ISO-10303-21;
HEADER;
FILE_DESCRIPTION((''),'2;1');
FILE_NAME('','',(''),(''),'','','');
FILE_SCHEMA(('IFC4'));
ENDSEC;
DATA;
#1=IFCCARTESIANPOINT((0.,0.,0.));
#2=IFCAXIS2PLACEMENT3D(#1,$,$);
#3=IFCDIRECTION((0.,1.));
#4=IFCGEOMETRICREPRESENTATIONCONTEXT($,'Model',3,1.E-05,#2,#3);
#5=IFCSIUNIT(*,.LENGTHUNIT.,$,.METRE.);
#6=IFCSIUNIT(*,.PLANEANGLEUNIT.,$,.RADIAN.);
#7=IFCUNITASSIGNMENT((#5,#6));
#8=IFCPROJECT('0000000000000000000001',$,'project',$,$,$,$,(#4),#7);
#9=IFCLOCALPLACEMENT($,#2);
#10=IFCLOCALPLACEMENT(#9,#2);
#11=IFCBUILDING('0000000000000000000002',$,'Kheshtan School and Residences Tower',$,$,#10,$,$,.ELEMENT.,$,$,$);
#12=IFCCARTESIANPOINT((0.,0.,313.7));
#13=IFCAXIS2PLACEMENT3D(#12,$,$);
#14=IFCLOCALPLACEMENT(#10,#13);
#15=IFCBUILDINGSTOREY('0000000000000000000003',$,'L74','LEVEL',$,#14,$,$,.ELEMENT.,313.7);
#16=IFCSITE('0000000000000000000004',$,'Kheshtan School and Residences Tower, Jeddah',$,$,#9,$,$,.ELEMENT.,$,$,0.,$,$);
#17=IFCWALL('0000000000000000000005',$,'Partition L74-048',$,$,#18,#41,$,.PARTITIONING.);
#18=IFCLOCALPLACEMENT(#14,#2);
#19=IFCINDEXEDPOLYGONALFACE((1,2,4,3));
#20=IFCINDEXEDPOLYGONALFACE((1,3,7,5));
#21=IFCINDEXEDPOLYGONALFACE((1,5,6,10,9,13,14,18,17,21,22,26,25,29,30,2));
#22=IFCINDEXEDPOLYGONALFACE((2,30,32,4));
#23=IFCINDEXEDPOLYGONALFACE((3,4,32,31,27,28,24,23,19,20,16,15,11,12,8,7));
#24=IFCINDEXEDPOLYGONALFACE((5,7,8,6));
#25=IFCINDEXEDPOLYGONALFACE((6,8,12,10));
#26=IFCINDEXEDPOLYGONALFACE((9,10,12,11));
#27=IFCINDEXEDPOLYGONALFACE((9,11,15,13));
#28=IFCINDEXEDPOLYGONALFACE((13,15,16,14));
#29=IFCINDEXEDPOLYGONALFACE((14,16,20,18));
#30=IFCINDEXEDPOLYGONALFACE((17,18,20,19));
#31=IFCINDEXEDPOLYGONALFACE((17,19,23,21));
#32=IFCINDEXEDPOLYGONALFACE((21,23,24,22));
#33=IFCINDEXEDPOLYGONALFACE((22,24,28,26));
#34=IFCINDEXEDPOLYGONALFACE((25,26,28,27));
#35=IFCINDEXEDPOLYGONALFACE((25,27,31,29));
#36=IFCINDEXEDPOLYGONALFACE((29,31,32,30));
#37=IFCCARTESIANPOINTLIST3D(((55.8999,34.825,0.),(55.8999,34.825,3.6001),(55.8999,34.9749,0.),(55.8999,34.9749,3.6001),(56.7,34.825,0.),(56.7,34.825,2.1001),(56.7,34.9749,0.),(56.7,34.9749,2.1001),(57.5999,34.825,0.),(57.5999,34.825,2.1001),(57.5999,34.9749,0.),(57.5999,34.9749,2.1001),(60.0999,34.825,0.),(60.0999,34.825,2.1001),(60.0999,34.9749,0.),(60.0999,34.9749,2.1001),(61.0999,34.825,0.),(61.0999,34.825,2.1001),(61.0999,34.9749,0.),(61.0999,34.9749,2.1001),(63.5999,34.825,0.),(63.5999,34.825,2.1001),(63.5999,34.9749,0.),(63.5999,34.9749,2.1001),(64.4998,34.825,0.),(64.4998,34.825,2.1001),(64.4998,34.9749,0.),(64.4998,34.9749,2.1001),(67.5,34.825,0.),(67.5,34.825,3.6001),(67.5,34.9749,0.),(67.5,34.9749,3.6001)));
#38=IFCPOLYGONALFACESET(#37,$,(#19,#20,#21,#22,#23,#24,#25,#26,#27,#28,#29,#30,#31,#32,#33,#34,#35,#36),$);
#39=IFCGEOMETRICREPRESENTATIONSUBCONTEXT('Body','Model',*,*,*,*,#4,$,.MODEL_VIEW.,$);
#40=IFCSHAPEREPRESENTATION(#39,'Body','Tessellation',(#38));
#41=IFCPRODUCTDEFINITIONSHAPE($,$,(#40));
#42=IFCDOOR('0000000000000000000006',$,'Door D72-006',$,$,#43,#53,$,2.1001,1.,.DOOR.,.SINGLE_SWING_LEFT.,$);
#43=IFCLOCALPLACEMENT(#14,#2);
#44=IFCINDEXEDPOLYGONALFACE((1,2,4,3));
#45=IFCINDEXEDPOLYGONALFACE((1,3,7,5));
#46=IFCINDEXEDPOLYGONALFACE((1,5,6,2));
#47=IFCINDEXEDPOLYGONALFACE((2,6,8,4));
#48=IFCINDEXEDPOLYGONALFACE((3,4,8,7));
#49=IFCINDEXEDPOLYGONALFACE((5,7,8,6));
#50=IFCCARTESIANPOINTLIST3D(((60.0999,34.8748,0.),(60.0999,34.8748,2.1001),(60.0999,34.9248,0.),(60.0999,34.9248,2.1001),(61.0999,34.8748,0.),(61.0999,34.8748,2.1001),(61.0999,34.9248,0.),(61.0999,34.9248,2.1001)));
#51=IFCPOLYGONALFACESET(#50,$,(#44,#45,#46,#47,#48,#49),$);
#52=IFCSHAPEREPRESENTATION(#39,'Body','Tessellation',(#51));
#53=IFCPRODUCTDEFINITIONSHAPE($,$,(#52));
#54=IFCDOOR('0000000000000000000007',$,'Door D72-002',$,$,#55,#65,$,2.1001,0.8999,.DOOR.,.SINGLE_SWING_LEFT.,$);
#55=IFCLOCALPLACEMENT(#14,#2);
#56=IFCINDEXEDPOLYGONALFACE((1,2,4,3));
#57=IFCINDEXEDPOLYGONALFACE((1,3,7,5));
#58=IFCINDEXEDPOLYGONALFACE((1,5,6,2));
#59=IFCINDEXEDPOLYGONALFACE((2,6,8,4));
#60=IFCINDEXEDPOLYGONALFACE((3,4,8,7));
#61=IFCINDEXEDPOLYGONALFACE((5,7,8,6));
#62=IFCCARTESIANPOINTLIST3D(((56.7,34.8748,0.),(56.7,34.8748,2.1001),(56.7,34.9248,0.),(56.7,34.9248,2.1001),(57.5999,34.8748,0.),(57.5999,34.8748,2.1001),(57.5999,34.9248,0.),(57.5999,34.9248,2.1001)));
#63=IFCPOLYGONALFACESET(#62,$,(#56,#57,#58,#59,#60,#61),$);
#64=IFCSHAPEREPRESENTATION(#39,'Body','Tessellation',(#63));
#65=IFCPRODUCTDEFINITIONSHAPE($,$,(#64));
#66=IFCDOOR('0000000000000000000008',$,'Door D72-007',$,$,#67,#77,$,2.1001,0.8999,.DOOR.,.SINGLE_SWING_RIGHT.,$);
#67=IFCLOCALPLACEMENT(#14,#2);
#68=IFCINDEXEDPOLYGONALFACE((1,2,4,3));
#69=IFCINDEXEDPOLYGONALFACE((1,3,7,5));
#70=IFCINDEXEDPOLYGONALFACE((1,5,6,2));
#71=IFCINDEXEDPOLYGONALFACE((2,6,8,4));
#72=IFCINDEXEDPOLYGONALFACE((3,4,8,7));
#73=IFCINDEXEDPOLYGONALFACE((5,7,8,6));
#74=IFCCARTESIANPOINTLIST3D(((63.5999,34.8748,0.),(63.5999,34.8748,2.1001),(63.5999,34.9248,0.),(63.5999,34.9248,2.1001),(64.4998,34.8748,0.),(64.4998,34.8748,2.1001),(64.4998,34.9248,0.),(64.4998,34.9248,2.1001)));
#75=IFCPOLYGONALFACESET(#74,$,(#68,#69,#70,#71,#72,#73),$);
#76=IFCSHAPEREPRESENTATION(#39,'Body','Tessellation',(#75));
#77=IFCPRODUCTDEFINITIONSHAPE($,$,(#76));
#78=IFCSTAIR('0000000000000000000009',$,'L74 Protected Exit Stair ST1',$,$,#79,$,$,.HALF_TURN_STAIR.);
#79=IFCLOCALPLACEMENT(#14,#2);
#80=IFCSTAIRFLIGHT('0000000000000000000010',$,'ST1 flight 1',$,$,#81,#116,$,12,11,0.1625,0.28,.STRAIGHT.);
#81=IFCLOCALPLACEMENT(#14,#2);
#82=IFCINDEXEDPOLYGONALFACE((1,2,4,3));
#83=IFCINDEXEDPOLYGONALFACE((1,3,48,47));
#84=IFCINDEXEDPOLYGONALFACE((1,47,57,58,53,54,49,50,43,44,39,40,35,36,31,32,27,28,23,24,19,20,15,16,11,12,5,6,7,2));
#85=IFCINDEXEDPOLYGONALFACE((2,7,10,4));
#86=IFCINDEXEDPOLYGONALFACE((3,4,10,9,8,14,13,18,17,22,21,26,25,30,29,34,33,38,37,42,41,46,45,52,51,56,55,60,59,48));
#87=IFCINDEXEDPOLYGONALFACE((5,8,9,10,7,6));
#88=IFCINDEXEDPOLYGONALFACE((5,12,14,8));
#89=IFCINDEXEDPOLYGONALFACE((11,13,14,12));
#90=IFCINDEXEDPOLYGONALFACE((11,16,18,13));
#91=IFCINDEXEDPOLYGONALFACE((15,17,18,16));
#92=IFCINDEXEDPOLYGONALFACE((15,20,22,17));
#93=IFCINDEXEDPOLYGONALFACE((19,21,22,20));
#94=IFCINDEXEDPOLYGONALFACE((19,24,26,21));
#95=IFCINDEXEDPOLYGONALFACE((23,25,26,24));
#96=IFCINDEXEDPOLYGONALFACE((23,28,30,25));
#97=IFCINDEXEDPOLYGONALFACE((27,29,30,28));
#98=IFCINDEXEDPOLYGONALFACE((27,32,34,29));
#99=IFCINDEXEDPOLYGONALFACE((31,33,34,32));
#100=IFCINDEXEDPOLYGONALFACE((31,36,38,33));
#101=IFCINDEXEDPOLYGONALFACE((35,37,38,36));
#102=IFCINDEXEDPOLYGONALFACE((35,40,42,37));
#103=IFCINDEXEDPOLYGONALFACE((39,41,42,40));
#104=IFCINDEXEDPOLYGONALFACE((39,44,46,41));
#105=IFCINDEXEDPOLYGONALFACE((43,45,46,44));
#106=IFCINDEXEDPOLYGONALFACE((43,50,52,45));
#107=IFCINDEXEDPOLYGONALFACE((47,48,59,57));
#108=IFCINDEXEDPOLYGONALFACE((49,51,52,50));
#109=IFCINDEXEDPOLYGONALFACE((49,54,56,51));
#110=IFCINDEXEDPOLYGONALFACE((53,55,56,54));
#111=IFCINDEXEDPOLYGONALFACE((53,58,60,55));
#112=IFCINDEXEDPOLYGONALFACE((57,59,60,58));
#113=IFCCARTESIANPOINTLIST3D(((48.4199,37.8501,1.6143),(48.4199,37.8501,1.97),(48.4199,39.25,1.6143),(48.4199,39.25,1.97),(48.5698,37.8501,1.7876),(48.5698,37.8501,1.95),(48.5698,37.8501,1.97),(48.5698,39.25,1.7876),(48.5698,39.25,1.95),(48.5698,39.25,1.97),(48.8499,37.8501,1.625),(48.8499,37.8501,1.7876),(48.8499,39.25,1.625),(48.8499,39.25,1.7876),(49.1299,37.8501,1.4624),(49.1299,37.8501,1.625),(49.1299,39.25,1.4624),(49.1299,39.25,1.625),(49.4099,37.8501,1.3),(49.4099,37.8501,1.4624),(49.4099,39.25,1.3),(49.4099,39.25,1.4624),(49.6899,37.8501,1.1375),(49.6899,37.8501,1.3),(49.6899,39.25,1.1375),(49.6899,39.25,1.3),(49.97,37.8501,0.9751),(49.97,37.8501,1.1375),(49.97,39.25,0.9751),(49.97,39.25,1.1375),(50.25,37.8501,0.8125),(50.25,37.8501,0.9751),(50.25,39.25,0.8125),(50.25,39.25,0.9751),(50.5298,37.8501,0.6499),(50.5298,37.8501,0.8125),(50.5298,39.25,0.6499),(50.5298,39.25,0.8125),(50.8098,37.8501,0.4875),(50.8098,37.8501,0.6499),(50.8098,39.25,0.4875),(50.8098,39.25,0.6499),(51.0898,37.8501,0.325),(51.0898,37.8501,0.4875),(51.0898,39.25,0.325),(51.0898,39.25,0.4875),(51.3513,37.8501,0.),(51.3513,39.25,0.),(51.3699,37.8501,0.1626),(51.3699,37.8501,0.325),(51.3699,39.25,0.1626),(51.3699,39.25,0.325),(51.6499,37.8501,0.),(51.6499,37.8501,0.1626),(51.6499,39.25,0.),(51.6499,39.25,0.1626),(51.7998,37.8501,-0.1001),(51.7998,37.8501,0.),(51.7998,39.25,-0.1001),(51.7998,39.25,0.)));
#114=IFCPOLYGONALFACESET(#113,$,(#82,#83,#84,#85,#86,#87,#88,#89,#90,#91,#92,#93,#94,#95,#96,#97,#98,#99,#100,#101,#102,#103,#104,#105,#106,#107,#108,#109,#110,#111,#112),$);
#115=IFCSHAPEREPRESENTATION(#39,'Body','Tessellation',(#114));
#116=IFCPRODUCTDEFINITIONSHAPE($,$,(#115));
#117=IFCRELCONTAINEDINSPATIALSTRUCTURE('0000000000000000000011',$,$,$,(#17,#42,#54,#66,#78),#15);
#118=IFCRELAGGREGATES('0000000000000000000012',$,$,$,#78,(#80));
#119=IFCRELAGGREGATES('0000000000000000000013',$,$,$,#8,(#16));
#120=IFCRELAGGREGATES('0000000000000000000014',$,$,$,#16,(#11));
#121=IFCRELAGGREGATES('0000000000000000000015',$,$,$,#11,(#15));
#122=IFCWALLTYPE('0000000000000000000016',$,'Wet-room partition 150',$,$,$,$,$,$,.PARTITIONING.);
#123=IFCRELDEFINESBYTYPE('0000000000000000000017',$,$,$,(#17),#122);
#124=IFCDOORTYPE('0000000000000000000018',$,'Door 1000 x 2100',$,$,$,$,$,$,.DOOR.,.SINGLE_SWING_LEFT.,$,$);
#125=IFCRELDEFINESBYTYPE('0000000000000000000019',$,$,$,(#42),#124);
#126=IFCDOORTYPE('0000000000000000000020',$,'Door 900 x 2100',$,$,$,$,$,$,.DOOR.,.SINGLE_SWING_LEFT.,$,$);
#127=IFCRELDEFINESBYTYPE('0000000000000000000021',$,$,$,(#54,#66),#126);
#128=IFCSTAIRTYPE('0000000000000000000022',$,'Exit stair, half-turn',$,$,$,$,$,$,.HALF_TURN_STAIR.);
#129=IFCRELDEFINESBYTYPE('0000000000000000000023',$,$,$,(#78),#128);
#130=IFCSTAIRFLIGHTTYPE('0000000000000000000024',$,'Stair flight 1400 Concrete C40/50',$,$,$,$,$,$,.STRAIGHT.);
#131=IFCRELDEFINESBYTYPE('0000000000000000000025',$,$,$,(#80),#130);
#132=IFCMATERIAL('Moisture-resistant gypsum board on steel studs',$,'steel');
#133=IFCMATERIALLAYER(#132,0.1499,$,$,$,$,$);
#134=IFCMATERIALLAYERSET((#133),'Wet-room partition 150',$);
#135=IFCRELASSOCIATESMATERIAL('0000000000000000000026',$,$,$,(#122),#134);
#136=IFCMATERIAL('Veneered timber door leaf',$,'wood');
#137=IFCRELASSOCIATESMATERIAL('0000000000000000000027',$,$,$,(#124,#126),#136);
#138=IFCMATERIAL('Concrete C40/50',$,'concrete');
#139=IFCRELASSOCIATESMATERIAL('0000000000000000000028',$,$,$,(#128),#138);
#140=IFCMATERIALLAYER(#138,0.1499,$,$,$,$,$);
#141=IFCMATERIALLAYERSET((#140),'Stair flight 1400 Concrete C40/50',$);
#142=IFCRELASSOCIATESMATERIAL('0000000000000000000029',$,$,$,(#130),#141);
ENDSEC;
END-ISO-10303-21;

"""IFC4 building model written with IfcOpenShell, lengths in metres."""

from ifc_helpers import new_model, si_unit, direction, frame, frame_2d, origin, place, context, subcontext, project, spatial, polyline, rectangle, outline, extrude, source, transform, mapped, material, layer, layer_set, type_object, element, fill, aggregate, save


model = new_model("IFC4")

# Units and contexts
model_context = context("Model", 3, precision=1e-05, world=origin(), true_north=direction((0.0, 1.0)))
body_context = subcontext(model_context, "Body", "Model", "MODEL_VIEW")
ifc_project = project(units=[si_unit("LENGTHUNIT", "METRE"), si_unit("PLANEANGLEUNIT", "RADIAN")], contexts=[model_context])

# Site, building, storey
site_placement = place(None, origin())
site = spatial("IfcSite", under=ifc_project, at=site_placement, Name="Kheshtan School and Residences Tower, Jeddah", CompositionType="ELEMENT", RefElevation=0.0)
building_placement = place(site_placement, origin())
building = spatial("IfcBuilding", under=site, at=building_placement, Name="Kheshtan School and Residences Tower", CompositionType="ELEMENT")
storey_placement = place(building_placement, frame((0.0, 0.0, 313.7)))
storey = spatial("IfcBuildingStorey", under=building, at=storey_placement, Name="L74", Description="LEVEL", CompositionType="ELEMENT", Elevation=313.7)

# Shared definitions
ifc_material_1 = material(Name="Concrete C40/50", Category="concrete")

# Wall, openings, doors
ifc_material_2 = material(Name="Moisture-resistant gypsum board on steel studs", Category="steel")
ifc_layer_1 = layer(ifc_material_2, 0.1499)
ifc_layer_set_1 = layer_set([ifc_layer_1], Name="Wet-room partition 150")
wall_type_1 = type_object("IfcWallType", Name="Wet-room partition 150", PredefinedType="PARTITIONING", material=ifc_layer_set_1)
wall_1_placement = place(storey_placement, frame((55.8999, 34.8999, 0.0), z_axis=(0.0, 0.0, 1.0), x_axis=(1.0, 0.0, 0.0)))
wall_1 = element("IfcWall", 1, at=wall_1_placement, inside=storey, type_object=wall_type_1, Name="Partition L74-048", PredefinedType="PARTITIONING", context=body_context, shape_type="SweptSolid", body=[
    extrude(rectangle(XDim=11.6001, YDim=0.1499, at=frame_2d((5.8, 0.0))), origin(), (0.0, 0.0, 1.0), 3.6001),
])
opening_1_placement = place(wall_1_placement, frame((0.8, 0.0, 0.0)))
opening_1 = element("IfcOpeningElement", 2, at=opening_1_placement, cuts=wall_1, PredefinedType="OPENING", context=body_context, shape_type="SweptSolid", body=[
    extrude(rectangle(XDim=0.8999, YDim=2.1001, at=frame_2d((0.45, 1.05))), frame((0.0, 0.085, 0.0), z_axis=(0.0, -1.0, 0.0), x_axis=(1.0, 0.0, 0.0)), (0.0, 0.0, 1.0), 0.1699),
])
opening_2_placement = place(wall_1_placement, frame((4.2, 0.0, 0.0)))
opening_2 = element("IfcOpeningElement", 3, at=opening_2_placement, cuts=wall_1, PredefinedType="OPENING", context=body_context, shape_type="SweptSolid", body=[
    extrude(rectangle(XDim=1.0, YDim=2.1001, at=frame_2d((0.5, 1.05))), frame((0.0, 0.085, 0.0), z_axis=(0.0, -1.0, 0.0), x_axis=(1.0, 0.0, 0.0)), (0.0, 0.0, 1.0), 0.1699),
])
opening_3_placement = place(wall_1_placement, frame((7.7, 0.0, 0.0)))
opening_3 = element("IfcOpeningElement", 4, at=opening_3_placement, cuts=wall_1, PredefinedType="OPENING", context=body_context, shape_type="SweptSolid", body=[
    extrude(rectangle(XDim=0.8999, YDim=2.1001, at=frame_2d((0.45, 1.05))), frame((0.0, 0.085, 0.0), z_axis=(0.0, -1.0, 0.0), x_axis=(1.0, 0.0, 0.0)), (0.0, 0.0, 1.0), 0.1699),
])
ifc_material_3 = material(Name="Veneered timber door leaf", Category="wood")
door_type_1 = type_object("IfcDoorType", Name="Door 1000 x 2100", OperationType="SINGLE_SWING_LEFT", PredefinedType="DOOR", material=ifc_material_3)
shared_shape_1 = source(origin(), body_context, "Body", "SweptSolid", [
    extrude(rectangle(XDim=1.0, YDim=2.1001, at=frame_2d((0.5, 1.05))), frame((0.0, 0.0249, 0.0), z_axis=(0.0, -1.0, 0.0), x_axis=(1.0, 0.0, 0.0)), (0.0, 0.0, 1.0), 0.05),
])
door_1_placement = place(opening_2_placement, origin())
door_1 = element("IfcDoor", 5, at=door_1_placement, inside=storey, type_object=door_type_1, Name="Door D72-006", OperationType="SINGLE_SWING_LEFT", OverallHeight=2.1001, OverallWidth=1.0, PredefinedType="DOOR", context=body_context, shape_type="MappedRepresentation", body=[
    mapped(shared_shape_1, transform((0.0, 0.0, 0.0), x_axis=(1.0, 0.0, 0.0), y_axis=(0.0, 1.0, 0.0), z_axis=(0.0, 0.0, 1.0), scale=1.0)),
])
fill(opening_2, door_1)
door_type_2 = type_object("IfcDoorType", Name="Door 900 x 2100", OperationType="SINGLE_SWING_LEFT", PredefinedType="DOOR", material=ifc_material_3)
shared_shape_2 = source(origin(), body_context, "Body", "SweptSolid", [
    extrude(rectangle(XDim=0.8999, YDim=2.1001, at=frame_2d((0.45, 1.05))), frame((0.0, 0.0249, 0.0), z_axis=(0.0, -1.0, 0.0), x_axis=(1.0, 0.0, 0.0)), (0.0, 0.0, 1.0), 0.05),
])
door_2_placement = place(opening_1_placement, origin())
door_2 = element("IfcDoor", 6, at=door_2_placement, inside=storey, type_object=door_type_2, Name="Door D72-002", OperationType="SINGLE_SWING_LEFT", OverallHeight=2.1001, OverallWidth=0.8999, PredefinedType="DOOR", context=body_context, shape_type="MappedRepresentation", body=[
    mapped(shared_shape_2, transform((0.0, 0.0, 0.0), x_axis=(1.0, 0.0, 0.0), y_axis=(0.0, 1.0, 0.0), z_axis=(0.0, 0.0, 1.0), scale=1.0)),
])
fill(opening_1, door_2)
door_3_placement = place(opening_3_placement, origin())
door_3 = element("IfcDoor", 7, at=door_3_placement, inside=storey, type_object=door_type_2, Name="Door D72-007", OperationType="SINGLE_SWING_RIGHT", OverallHeight=2.1001, OverallWidth=0.8999, PredefinedType="DOOR", context=body_context, shape_type="MappedRepresentation", body=[
    mapped(shared_shape_2, transform((0.0, 0.0, 0.0), x_axis=(1.0, 0.0, 0.0), y_axis=(0.0, 1.0, 0.0), z_axis=(0.0, 0.0, 1.0), scale=1.0)),
])
fill(opening_3, door_3)

# Stair, stair flight
stair_type = type_object("IfcStairType", Name="Exit stair, half-turn", PredefinedType="HALF_TURN_STAIR", material=ifc_material_1)
stair_placement = place(storey_placement, origin())
stair = element("IfcStair", 8, at=stair_placement, inside=storey, type_object=stair_type, Name="L74 Protected Exit Stair ST1", PredefinedType="HALF_TURN_STAIR")
ifc_layer_2 = layer(ifc_material_1, 0.1499)
ifc_layer_set_2 = layer_set([ifc_layer_2], Name="Stair flight 1400 Concrete C40/50")
stair_flight_type = type_object("IfcStairFlightType", Name="Stair flight 1400 Concrete C40/50", PredefinedType="STRAIGHT", material=ifc_layer_set_2)
stair_flight_placement = place(storey_placement, frame((51.6499, 38.55, 0.0), z_axis=(0.0, 0.0, 1.0), x_axis=(-1.0, 0.0, 0.0)))
stair_flight = element("IfcStairFlight", 9, at=stair_flight_placement, type_object=stair_flight_type, Name="ST1 flight 1", NumberOfRisers=12, NumberOfTreads=11, PredefinedType="STRAIGHT", RiserHeight=0.1625, TreadLength=0.28, context=body_context, shape_type="SweptSolid", body=[
    extrude(outline(polyline([(-0.1499, -0.1001), (-0.1499, 0.0), (0.0, 0.0), (0.0, 0.1626), (0.28, 0.1626), (0.28, 0.325), (0.5601, 0.325), (0.5601, 0.4875), (0.8401, 0.4875), (0.8401, 0.6499), (1.1201, 0.6499), (1.1201, 0.8125), (1.3999, 0.8125), (1.3999, 0.9751), (1.6799, 0.9751), (1.6799, 1.1375), (1.96, 1.1375), (1.96, 1.3), (2.24, 1.3), (2.24, 1.4624), (2.52, 1.4624), (2.52, 1.625), (2.8, 1.625), (2.8, 1.7876), (3.0801, 1.7876), (3.0801, 1.95), (3.0801, 1.97), (3.23, 1.97), (3.23, 1.6143), (0.2986, 0.0), (-0.1499, -0.1001)])), frame((0.0, 0.7, 0.0), z_axis=(0.0, -1.0, 0.0), x_axis=(1.0, 0.0, 0.0)), (0.0, 0.0, 1.0), 1.3999),
])
aggregate(stair, [stair_flight])

save(model, "model.ifc")
